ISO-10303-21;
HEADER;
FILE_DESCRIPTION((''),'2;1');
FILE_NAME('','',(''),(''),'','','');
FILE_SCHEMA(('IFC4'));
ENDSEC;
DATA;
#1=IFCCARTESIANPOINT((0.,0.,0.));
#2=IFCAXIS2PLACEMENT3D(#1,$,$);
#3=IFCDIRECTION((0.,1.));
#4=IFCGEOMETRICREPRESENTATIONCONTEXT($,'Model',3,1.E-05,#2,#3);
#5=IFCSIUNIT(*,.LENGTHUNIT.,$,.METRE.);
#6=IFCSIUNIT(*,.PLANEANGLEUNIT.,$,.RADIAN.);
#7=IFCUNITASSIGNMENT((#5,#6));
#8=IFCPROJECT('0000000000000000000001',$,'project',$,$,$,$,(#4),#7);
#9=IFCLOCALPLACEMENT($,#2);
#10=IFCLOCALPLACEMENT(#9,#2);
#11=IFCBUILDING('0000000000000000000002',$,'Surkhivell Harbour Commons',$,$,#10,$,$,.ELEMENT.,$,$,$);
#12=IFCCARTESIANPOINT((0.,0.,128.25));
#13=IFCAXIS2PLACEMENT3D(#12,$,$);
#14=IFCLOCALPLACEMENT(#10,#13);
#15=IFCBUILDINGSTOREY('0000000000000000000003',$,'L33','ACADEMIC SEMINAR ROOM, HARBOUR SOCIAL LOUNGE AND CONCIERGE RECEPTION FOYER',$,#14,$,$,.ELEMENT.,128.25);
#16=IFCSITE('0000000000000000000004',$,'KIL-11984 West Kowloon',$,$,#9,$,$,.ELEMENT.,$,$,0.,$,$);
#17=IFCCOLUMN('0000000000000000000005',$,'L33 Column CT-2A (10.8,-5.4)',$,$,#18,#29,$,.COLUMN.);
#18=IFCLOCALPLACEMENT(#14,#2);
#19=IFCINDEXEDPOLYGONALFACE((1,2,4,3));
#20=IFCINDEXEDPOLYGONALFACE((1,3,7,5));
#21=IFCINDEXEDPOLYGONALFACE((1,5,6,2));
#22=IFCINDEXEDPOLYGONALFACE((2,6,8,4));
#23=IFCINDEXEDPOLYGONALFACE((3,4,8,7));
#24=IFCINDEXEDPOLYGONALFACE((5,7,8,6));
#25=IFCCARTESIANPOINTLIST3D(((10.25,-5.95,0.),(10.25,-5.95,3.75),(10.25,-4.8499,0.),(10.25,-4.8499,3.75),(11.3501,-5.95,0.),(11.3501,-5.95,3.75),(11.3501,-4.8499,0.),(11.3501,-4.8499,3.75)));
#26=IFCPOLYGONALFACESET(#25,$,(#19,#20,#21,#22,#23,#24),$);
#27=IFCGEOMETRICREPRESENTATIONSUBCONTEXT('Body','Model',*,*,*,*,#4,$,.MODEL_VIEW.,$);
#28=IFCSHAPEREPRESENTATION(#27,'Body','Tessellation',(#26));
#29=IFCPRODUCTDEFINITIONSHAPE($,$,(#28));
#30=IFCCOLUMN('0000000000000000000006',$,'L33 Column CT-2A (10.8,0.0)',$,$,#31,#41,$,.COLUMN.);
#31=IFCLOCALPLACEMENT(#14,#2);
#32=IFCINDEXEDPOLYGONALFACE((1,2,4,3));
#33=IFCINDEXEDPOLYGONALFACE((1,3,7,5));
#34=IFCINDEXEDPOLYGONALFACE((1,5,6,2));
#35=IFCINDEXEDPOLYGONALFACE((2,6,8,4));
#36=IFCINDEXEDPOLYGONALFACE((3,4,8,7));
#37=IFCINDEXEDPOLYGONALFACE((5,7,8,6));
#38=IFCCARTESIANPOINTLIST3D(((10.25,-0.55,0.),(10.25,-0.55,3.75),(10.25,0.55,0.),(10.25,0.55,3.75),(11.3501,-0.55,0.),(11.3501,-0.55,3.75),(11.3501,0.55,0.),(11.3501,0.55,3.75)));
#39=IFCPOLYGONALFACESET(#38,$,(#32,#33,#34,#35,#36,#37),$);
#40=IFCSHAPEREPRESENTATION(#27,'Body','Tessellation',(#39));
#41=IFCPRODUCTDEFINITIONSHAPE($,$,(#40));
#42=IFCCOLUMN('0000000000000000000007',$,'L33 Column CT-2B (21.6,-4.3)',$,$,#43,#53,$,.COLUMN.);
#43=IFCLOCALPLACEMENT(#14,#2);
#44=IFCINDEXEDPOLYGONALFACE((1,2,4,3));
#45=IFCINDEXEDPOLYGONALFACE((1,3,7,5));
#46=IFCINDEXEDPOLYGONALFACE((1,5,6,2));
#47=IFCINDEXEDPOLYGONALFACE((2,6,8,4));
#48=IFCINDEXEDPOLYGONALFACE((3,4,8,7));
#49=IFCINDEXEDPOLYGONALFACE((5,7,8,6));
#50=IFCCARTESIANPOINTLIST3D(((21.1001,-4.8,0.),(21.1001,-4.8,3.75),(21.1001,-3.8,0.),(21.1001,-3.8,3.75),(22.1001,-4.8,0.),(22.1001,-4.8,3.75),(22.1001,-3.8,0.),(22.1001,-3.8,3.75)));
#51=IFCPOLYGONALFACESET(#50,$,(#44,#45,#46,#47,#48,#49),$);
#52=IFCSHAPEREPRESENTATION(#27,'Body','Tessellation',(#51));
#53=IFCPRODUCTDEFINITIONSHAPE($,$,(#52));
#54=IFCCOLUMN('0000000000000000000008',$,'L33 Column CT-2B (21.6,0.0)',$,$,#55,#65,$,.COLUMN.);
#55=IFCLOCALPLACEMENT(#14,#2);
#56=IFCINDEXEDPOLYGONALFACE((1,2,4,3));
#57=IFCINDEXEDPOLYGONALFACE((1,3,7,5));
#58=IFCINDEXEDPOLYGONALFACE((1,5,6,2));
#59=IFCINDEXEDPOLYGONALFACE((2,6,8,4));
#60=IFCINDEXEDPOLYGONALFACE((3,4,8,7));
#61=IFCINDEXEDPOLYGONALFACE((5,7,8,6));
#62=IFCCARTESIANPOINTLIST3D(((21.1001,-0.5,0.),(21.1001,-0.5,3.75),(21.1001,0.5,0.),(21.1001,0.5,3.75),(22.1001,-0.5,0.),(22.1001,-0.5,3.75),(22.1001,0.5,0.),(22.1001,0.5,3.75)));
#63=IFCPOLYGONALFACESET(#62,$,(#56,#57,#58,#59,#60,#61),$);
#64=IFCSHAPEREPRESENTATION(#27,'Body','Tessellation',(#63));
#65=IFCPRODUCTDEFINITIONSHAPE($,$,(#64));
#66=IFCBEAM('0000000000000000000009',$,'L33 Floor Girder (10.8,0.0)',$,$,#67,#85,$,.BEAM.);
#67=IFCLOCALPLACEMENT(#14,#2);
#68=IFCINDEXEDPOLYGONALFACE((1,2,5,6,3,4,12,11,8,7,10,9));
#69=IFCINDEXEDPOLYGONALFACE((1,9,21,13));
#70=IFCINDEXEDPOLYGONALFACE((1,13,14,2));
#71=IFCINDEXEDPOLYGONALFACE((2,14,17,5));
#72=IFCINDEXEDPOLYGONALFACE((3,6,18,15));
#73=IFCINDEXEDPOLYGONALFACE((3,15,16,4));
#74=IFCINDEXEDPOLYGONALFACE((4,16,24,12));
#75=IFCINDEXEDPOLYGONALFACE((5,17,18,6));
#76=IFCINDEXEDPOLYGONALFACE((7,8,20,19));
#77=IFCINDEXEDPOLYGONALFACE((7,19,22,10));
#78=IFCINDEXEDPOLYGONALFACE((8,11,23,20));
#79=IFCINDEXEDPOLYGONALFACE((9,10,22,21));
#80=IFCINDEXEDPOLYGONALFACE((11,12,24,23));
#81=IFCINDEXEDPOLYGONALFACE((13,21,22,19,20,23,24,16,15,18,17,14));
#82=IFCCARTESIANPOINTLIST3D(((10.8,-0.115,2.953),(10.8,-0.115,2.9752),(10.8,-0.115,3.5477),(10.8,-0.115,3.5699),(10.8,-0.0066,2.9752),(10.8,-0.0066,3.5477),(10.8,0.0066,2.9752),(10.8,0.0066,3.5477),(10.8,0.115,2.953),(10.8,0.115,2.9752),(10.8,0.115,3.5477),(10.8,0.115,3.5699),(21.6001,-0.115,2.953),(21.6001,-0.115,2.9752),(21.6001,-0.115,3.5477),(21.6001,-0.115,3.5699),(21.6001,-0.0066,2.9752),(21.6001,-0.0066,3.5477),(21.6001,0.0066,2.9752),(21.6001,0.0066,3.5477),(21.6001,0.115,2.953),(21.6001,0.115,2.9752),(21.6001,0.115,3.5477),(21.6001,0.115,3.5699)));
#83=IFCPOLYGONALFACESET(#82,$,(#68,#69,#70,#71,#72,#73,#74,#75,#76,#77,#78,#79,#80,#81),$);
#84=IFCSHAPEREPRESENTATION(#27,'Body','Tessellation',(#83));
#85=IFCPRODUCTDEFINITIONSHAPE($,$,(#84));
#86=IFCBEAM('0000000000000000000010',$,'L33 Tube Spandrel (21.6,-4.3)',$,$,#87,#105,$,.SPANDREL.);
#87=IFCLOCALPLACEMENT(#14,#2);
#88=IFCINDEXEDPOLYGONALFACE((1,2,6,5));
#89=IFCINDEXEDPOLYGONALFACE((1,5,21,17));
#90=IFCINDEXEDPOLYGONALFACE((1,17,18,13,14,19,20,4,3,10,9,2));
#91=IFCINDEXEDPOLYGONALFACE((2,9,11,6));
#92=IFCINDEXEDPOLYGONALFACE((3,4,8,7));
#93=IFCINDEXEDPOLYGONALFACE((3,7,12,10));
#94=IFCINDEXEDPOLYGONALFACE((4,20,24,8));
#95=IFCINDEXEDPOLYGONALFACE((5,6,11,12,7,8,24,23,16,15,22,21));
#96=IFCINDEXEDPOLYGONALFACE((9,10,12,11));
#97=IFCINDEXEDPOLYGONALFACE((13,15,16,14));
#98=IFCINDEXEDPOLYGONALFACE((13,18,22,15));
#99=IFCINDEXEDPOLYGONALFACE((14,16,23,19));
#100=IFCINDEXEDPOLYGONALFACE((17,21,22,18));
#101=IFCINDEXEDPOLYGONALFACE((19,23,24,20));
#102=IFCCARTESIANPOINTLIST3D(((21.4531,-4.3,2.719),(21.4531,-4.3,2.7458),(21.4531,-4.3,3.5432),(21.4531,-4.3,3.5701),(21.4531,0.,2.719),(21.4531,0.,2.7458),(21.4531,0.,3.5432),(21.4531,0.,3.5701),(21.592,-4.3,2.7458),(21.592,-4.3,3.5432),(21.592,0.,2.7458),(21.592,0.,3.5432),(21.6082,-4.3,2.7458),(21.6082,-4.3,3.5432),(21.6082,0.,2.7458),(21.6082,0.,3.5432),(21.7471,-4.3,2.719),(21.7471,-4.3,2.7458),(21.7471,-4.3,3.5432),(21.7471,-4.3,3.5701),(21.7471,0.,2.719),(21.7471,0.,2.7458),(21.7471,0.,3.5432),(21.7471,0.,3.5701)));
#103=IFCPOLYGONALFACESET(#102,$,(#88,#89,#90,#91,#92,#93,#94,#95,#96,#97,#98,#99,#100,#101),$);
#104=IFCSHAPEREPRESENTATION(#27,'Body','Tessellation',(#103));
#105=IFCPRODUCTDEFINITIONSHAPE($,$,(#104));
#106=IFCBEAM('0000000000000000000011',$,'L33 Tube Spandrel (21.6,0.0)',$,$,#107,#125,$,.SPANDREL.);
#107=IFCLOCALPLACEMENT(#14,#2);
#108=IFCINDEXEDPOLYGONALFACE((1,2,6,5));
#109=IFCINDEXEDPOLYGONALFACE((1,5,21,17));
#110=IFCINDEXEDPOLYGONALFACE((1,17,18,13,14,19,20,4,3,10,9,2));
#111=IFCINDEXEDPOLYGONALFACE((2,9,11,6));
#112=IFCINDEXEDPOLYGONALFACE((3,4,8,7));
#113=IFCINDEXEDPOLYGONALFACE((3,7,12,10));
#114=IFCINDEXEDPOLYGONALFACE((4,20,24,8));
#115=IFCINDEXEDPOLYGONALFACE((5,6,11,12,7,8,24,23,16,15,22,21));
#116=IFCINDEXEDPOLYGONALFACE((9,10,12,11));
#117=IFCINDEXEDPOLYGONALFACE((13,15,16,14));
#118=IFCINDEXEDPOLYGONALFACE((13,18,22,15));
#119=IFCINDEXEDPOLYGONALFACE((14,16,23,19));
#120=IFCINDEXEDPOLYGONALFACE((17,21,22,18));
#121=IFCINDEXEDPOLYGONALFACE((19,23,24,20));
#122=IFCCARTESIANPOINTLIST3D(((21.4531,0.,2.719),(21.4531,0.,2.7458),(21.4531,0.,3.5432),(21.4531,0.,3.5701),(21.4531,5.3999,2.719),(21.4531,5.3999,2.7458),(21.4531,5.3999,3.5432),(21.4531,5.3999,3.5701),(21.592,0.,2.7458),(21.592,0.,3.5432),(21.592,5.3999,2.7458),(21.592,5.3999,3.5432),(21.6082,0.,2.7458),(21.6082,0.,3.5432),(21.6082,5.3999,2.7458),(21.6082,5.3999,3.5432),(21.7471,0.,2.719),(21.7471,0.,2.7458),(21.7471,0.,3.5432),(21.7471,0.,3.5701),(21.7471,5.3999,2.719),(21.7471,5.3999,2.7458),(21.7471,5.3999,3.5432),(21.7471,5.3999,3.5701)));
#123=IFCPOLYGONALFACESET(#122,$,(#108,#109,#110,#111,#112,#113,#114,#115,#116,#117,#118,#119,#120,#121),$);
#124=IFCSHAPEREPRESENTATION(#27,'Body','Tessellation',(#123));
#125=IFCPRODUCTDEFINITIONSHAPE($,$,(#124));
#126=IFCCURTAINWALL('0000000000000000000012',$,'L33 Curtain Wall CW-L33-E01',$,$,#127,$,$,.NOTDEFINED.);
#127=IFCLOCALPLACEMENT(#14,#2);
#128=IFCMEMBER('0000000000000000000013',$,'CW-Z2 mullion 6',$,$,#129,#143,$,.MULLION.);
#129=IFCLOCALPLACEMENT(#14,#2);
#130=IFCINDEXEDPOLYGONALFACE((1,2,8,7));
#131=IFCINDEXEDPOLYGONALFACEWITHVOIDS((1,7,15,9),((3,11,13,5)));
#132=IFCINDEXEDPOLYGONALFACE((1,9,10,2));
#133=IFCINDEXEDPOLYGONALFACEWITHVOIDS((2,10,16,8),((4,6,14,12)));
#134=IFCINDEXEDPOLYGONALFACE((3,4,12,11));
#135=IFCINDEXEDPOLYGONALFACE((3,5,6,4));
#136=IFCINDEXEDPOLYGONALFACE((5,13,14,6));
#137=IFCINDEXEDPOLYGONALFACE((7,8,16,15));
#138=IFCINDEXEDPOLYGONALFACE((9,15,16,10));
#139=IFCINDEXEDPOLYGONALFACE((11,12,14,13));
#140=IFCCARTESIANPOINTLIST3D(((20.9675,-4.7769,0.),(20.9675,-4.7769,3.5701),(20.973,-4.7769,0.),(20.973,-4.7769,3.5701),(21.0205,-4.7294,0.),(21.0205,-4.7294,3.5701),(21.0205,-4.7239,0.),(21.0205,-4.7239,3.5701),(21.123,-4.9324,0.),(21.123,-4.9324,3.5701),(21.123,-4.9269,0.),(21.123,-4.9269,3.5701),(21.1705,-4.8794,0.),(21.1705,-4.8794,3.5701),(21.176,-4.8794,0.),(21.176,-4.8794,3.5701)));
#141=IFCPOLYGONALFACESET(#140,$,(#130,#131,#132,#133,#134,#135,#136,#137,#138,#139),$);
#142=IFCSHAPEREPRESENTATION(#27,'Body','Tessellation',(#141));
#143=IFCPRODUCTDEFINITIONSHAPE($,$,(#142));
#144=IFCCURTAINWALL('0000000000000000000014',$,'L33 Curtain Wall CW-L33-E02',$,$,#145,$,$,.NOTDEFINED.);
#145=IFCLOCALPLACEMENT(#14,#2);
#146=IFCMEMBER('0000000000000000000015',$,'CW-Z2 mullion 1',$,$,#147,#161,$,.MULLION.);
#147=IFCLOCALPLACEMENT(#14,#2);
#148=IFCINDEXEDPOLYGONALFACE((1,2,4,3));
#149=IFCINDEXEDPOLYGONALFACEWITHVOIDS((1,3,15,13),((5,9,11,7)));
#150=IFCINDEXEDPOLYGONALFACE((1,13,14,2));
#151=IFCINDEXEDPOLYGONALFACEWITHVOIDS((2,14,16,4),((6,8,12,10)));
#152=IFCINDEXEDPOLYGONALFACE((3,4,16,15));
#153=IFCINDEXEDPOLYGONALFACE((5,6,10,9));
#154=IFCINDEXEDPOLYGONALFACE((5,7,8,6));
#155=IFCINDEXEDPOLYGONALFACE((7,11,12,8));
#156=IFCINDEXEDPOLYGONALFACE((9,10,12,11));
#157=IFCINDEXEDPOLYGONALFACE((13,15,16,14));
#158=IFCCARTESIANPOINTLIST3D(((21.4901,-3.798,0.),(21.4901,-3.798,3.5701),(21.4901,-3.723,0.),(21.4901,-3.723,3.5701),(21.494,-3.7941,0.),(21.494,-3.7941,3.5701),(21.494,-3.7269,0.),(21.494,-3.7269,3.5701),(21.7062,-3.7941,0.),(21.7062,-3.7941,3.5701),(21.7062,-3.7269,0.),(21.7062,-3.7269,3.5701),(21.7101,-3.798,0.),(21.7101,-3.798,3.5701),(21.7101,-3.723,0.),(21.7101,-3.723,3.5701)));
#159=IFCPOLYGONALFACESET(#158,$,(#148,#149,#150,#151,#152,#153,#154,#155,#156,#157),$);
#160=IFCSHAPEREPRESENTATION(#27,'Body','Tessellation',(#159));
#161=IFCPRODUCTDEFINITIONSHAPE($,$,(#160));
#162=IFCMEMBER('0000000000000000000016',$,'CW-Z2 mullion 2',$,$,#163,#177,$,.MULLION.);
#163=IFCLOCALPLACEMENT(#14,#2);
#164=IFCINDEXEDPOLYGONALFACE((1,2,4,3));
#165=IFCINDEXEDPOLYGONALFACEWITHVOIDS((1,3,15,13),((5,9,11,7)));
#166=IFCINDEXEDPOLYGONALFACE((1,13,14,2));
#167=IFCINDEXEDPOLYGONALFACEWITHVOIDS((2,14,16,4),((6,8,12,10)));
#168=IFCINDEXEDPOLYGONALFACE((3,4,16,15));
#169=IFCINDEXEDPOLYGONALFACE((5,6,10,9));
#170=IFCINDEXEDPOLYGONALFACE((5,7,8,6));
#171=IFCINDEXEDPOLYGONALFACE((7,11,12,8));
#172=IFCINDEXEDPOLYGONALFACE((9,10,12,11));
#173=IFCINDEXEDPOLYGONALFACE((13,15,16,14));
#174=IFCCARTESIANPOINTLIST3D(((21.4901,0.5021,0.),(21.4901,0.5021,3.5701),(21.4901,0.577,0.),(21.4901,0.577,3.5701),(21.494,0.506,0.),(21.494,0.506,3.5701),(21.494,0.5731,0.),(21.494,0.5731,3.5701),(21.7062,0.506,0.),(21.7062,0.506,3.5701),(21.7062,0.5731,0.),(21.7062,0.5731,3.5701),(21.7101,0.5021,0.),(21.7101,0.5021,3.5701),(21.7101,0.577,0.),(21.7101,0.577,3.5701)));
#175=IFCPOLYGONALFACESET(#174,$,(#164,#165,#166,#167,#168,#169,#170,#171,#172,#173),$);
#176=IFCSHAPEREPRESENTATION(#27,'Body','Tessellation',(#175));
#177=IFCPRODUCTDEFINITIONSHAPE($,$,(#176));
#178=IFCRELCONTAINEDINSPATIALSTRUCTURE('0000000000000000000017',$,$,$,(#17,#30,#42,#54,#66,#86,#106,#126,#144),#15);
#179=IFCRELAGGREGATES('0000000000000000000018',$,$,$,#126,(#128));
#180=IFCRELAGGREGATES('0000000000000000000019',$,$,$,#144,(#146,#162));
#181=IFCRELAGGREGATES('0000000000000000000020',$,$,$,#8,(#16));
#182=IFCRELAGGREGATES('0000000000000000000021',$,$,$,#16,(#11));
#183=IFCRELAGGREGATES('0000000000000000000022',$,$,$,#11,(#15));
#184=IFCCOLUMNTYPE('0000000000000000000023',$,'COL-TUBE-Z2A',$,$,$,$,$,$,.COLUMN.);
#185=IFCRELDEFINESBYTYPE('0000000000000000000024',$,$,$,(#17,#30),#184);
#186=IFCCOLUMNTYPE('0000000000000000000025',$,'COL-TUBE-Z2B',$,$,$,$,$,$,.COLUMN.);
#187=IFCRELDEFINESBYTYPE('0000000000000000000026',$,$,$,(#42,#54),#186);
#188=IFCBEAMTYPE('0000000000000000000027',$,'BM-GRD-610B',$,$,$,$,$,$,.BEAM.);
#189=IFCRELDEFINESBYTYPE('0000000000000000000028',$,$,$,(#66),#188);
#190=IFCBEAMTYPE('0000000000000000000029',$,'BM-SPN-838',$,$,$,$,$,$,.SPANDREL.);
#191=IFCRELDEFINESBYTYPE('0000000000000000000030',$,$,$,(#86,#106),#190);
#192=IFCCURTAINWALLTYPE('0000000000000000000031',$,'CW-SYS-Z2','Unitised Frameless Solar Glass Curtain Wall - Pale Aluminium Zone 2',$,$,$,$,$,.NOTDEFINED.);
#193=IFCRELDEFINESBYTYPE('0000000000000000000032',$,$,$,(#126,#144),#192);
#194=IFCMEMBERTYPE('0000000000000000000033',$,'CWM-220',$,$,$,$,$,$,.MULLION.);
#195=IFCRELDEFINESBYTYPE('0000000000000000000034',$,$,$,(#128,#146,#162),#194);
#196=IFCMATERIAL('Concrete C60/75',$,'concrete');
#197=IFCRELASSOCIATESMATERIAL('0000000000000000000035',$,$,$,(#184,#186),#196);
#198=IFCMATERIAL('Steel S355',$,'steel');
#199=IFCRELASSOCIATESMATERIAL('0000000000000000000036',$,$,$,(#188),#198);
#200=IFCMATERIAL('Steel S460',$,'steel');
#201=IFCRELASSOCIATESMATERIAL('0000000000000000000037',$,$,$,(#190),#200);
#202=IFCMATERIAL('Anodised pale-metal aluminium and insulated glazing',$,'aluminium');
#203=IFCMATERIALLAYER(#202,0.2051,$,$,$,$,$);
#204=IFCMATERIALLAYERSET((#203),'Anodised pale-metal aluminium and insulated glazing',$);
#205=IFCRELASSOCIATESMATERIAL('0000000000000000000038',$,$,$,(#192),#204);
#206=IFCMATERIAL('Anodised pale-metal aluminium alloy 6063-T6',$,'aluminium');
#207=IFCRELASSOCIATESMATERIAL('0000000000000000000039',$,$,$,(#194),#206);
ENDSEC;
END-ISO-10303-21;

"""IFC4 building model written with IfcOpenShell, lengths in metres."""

from ifc_helpers import new_model, si_unit, direction, frame, origin, origin_2d, place, context, subcontext, project, spatial, rectangle, hollow_rectangle, i_section, extrude, material, layer, layer_set, material_profile, profile_set, type_object, element, aggregate, save


model = new_model("IFC4")

# Units and contexts
model_context = context("Model", 3, precision=1e-05, world=origin(), true_north=direction((0.0, 1.0)))
body_context = subcontext(model_context, "Body", "Model", "MODEL_VIEW")
ifc_project = project(units=[si_unit("LENGTHUNIT", "METRE"), si_unit("PLANEANGLEUNIT", "RADIAN")], contexts=[model_context])

# Site, building, storey
site_placement = place(None, origin())
site = spatial("IfcSite", under=ifc_project, at=site_placement, Name="KIL-11984 West Kowloon", CompositionType="ELEMENT", RefElevation=0.0)
building_placement = place(site_placement, origin())
building = spatial("IfcBuilding", under=site, at=building_placement, Name="Surkhivell Harbour Commons", CompositionType="ELEMENT")
storey_placement = place(building_placement, frame((0.0, 0.0, 128.25)))
storey = spatial("IfcBuildingStorey", under=building, at=storey_placement, Name="L33", Description="ACADEMIC SEMINAR ROOM, HARBOUR SOCIAL LOUNGE AND CONCIERGE RECEPTION FOYER", CompositionType="ELEMENT", Elevation=128.25)

# Columns
ifc_material_1 = material(Name="Concrete C60/75", Category="concrete")
ifc_material_profile_1 = material_profile(ifc_material_1, rectangle(XDim=1.1001, YDim=1.1001, at=origin_2d()), Name="RC-COL-1100x1100")
ifc_profile_set_1 = profile_set([ifc_material_profile_1], Name="Concrete C60/75")
column_type_1 = type_object("IfcColumnType", Name="COL-TUBE-Z2A", PredefinedType="COLUMN", material=ifc_profile_set_1)
for number, where, z_axis, x_axis, name in (
    (1, (10.8, -5.3999, 0.0), (0.0, 0.0, 1.0), (1.0, 0.0, 0.0), "L33 Column CT-2A (10.8,-5.4)"),
    (2, (10.8, 0.0, 0.0), (0.0, 0.0, 1.0), (1.0, 0.0, 0.0), "L33 Column CT-2A (10.8,0.0)"),
):
    element("IfcColumn", number, at=place(storey_placement, frame(where, z_axis=z_axis, x_axis=x_axis)), inside=storey, type_object=column_type_1, Name=name, PredefinedType="COLUMN", context=body_context, shape_type="SweptSolid", body=[
        extrude(rectangle(XDim=1.1001, YDim=1.1001, at=origin_2d()), origin(), (0.0, 0.0, 1.0), 3.75),
    ])
ifc_material_profile_2 = material_profile(ifc_material_1, rectangle(XDim=1.0, YDim=1.0, at=origin_2d()), Name="RC-COL-1000x1000")
ifc_profile_set_2 = profile_set([ifc_material_profile_2], Name="Concrete C60/75")
column_type_2 = type_object("IfcColumnType", Name="COL-TUBE-Z2B", PredefinedType="COLUMN", material=ifc_profile_set_2)
for number, where, z_axis, x_axis, name in (
    (3, (21.6001, -4.3, 0.0), (0.0, 0.0, 1.0), (1.0, 0.0, 0.0), "L33 Column CT-2B (21.6,-4.3)"),
    (4, (21.6001, 0.0, 0.0), (0.0, 0.0, 1.0), (1.0, 0.0, 0.0), "L33 Column CT-2B (21.6,0.0)"),
):
    element("IfcColumn", number, at=place(storey_placement, frame(where, z_axis=z_axis, x_axis=x_axis)), inside=storey, type_object=column_type_2, Name=name, PredefinedType="COLUMN", context=body_context, shape_type="SweptSolid", body=[
        extrude(rectangle(XDim=1.0, YDim=1.0, at=origin_2d()), origin(), (0.0, 0.0, 1.0), 3.75),
    ])

# Beams
ifc_material_2 = material(Name="Steel S355", Category="steel")
ifc_material_profile_3 = material_profile(ifc_material_2, i_section(OverallWidth=0.23, OverallDepth=0.6169, WebThickness=0.0132, FlangeThickness=0.0222, at=origin_2d()), Name="UB610x229x140")
ifc_profile_set_3 = profile_set([ifc_material_profile_3], Name="Steel S355")
beam_type_1 = type_object("IfcBeamType", Name="BM-GRD-610B", PredefinedType="BEAM", material=ifc_profile_set_3)
beam_1_placement = place(storey_placement, frame((10.8, 0.0, 3.2615), z_axis=(1.0, 0.0, 0.0), x_axis=(0.0, 1.0, 0.0)))
element("IfcBeam", 5, at=beam_1_placement, inside=storey, type_object=beam_type_1, Name="L33 Floor Girder (10.8,0.0)", PredefinedType="BEAM", context=body_context, shape_type="SweptSolid", body=[
    extrude(i_section(OverallWidth=0.23, OverallDepth=0.6169, WebThickness=0.0132, FlangeThickness=0.0222, at=origin_2d()), origin(), (0.0, 0.0, 1.0), 10.8),
])
ifc_material_3 = material(Name="Steel S460", Category="steel")
ifc_material_profile_4 = material_profile(ifc_material_3, i_section(OverallWidth=0.2939, OverallDepth=0.8511, WebThickness=0.0161, FlangeThickness=0.0269, at=origin_2d()), Name="UB838x292x226")
ifc_profile_set_4 = profile_set([ifc_material_profile_4], Name="Steel S460")
beam_type_2 = type_object("IfcBeamType", Name="BM-SPN-838", PredefinedType="SPANDREL", material=ifc_profile_set_4)
beam_2_placement = place(storey_placement, frame((21.6001, -4.3, 3.1445), z_axis=(0.0, 1.0, 0.0), x_axis=(-1.0, 0.0, 0.0)))
element("IfcBeam", 6, at=beam_2_placement, inside=storey, type_object=beam_type_2, Name="L33 Tube Spandrel (21.6,-4.3)", PredefinedType="SPANDREL", context=body_context, shape_type="SweptSolid", body=[
    extrude(i_section(OverallWidth=0.2939, OverallDepth=0.8511, WebThickness=0.0161, FlangeThickness=0.0269, at=origin_2d()), origin(), (0.0, 0.0, 1.0), 4.3),
])
beam_3_placement = place(storey_placement, frame((21.6001, 0.0, 3.1445), z_axis=(0.0, 1.0, 0.0), x_axis=(-1.0, 0.0, 0.0)))
element("IfcBeam", 7, at=beam_3_placement, inside=storey, type_object=beam_type_2, Name="L33 Tube Spandrel (21.6,0.0)", PredefinedType="SPANDREL", context=body_context, shape_type="SweptSolid", body=[
    extrude(i_section(OverallWidth=0.2939, OverallDepth=0.8511, WebThickness=0.0161, FlangeThickness=0.0269, at=origin_2d()), origin(), (0.0, 0.0, 1.0), 5.3999),
])

# Curtain wall, member
ifc_material_4 = material(Name="Anodised pale-metal aluminium and insulated glazing", Category="aluminium")
ifc_layer_1 = layer(ifc_material_4, 0.2051)
ifc_layer_set_1 = layer_set([ifc_layer_1], Name="Anodised pale-metal aluminium and insulated glazing")
curtain_wall_type = type_object("IfcCurtainWallType", Name="CW-SYS-Z2", Description="Unitised Frameless Solar Glass Curtain Wall - Pale Aluminium Zone 2", PredefinedType="NOTDEFINED", material=ifc_layer_set_1)
curtain_wall_1_placement = place(storey_placement, origin())
curtain_wall_1 = element("IfcCurtainWall", 8, at=curtain_wall_1_placement, inside=storey, type_object=curtain_wall_type, Name="L33 Curtain Wall CW-L33-E01", PredefinedType="NOTDEFINED")
ifc_material_5 = material(Name="Anodised pale-metal aluminium alloy 6063-T6", Category="aluminium")
ifc_material_profile_5 = material_profile(ifc_material_5, hollow_rectangle(XDim=0.075, YDim=0.22, WallThickness=0.0039, at=origin_2d()), Name="ALU-MULL-75x220")
ifc_profile_set_5 = profile_set([ifc_material_profile_5], Name="Anodised pale-metal aluminium alloy 6063-T6")
member_type_1 = type_object("IfcMemberType", Name="CWM-220", PredefinedType="MULLION", material=ifc_profile_set_5)
member_1_placement = place(storey_placement, frame((21.0718, -4.8281, 0.0), z_axis=(0.0, 0.0, 1.0), x_axis=(0.707107, 0.707107, 0.0)))
member_1 = element("IfcMember", 9, at=member_1_placement, type_object=member_type_1, Name="CW-Z2 mullion 6", PredefinedType="MULLION", context=body_context, shape_type="SweptSolid", body=[
    extrude(hollow_rectangle(XDim=0.075, YDim=0.22, WallThickness=0.0039, at=origin_2d()), origin(), (0.0, 0.0, 1.0), 3.5701),
])
aggregate(curtain_wall_1, [member_1])

# Curtain wall, members
curtain_wall_2_placement = place(storey_placement, origin())
curtain_wall_2 = element("IfcCurtainWall", 10, at=curtain_wall_2_placement, inside=storey, type_object=curtain_wall_type, Name="L33 Curtain Wall CW-L33-E02", PredefinedType="NOTDEFINED")
member_2_placement = place(storey_placement, frame((21.6001, -3.7605, 0.0), z_axis=(0.0, 0.0, 1.0), x_axis=(0.0, 1.0, 0.0)))
member_2 = element("IfcMember", 11, at=member_2_placement, type_object=member_type_1, Name="CW-Z2 mullion 1", PredefinedType="MULLION", context=body_context, shape_type="SweptSolid", body=[
    extrude(hollow_rectangle(XDim=0.075, YDim=0.22, WallThickness=0.0039, at=origin_2d()), origin(), (0.0, 0.0, 1.0), 3.5701),
])
member_3_placement = place(storey_placement, frame((21.6001, 0.5396, 0.0), z_axis=(0.0, 0.0, 1.0), x_axis=(0.0, 1.0, 0.0)))
member_3 = element("IfcMember", 12, at=member_3_placement, type_object=member_type_1, Name="CW-Z2 mullion 2", PredefinedType="MULLION", context=body_context, shape_type="SweptSolid", body=[
    extrude(hollow_rectangle(XDim=0.075, YDim=0.22, WallThickness=0.0039, at=origin_2d()), origin(), (0.0, 0.0, 1.0), 3.5701),
])
aggregate(curtain_wall_2, [member_2, member_3])

save(model, "model.ifc")
